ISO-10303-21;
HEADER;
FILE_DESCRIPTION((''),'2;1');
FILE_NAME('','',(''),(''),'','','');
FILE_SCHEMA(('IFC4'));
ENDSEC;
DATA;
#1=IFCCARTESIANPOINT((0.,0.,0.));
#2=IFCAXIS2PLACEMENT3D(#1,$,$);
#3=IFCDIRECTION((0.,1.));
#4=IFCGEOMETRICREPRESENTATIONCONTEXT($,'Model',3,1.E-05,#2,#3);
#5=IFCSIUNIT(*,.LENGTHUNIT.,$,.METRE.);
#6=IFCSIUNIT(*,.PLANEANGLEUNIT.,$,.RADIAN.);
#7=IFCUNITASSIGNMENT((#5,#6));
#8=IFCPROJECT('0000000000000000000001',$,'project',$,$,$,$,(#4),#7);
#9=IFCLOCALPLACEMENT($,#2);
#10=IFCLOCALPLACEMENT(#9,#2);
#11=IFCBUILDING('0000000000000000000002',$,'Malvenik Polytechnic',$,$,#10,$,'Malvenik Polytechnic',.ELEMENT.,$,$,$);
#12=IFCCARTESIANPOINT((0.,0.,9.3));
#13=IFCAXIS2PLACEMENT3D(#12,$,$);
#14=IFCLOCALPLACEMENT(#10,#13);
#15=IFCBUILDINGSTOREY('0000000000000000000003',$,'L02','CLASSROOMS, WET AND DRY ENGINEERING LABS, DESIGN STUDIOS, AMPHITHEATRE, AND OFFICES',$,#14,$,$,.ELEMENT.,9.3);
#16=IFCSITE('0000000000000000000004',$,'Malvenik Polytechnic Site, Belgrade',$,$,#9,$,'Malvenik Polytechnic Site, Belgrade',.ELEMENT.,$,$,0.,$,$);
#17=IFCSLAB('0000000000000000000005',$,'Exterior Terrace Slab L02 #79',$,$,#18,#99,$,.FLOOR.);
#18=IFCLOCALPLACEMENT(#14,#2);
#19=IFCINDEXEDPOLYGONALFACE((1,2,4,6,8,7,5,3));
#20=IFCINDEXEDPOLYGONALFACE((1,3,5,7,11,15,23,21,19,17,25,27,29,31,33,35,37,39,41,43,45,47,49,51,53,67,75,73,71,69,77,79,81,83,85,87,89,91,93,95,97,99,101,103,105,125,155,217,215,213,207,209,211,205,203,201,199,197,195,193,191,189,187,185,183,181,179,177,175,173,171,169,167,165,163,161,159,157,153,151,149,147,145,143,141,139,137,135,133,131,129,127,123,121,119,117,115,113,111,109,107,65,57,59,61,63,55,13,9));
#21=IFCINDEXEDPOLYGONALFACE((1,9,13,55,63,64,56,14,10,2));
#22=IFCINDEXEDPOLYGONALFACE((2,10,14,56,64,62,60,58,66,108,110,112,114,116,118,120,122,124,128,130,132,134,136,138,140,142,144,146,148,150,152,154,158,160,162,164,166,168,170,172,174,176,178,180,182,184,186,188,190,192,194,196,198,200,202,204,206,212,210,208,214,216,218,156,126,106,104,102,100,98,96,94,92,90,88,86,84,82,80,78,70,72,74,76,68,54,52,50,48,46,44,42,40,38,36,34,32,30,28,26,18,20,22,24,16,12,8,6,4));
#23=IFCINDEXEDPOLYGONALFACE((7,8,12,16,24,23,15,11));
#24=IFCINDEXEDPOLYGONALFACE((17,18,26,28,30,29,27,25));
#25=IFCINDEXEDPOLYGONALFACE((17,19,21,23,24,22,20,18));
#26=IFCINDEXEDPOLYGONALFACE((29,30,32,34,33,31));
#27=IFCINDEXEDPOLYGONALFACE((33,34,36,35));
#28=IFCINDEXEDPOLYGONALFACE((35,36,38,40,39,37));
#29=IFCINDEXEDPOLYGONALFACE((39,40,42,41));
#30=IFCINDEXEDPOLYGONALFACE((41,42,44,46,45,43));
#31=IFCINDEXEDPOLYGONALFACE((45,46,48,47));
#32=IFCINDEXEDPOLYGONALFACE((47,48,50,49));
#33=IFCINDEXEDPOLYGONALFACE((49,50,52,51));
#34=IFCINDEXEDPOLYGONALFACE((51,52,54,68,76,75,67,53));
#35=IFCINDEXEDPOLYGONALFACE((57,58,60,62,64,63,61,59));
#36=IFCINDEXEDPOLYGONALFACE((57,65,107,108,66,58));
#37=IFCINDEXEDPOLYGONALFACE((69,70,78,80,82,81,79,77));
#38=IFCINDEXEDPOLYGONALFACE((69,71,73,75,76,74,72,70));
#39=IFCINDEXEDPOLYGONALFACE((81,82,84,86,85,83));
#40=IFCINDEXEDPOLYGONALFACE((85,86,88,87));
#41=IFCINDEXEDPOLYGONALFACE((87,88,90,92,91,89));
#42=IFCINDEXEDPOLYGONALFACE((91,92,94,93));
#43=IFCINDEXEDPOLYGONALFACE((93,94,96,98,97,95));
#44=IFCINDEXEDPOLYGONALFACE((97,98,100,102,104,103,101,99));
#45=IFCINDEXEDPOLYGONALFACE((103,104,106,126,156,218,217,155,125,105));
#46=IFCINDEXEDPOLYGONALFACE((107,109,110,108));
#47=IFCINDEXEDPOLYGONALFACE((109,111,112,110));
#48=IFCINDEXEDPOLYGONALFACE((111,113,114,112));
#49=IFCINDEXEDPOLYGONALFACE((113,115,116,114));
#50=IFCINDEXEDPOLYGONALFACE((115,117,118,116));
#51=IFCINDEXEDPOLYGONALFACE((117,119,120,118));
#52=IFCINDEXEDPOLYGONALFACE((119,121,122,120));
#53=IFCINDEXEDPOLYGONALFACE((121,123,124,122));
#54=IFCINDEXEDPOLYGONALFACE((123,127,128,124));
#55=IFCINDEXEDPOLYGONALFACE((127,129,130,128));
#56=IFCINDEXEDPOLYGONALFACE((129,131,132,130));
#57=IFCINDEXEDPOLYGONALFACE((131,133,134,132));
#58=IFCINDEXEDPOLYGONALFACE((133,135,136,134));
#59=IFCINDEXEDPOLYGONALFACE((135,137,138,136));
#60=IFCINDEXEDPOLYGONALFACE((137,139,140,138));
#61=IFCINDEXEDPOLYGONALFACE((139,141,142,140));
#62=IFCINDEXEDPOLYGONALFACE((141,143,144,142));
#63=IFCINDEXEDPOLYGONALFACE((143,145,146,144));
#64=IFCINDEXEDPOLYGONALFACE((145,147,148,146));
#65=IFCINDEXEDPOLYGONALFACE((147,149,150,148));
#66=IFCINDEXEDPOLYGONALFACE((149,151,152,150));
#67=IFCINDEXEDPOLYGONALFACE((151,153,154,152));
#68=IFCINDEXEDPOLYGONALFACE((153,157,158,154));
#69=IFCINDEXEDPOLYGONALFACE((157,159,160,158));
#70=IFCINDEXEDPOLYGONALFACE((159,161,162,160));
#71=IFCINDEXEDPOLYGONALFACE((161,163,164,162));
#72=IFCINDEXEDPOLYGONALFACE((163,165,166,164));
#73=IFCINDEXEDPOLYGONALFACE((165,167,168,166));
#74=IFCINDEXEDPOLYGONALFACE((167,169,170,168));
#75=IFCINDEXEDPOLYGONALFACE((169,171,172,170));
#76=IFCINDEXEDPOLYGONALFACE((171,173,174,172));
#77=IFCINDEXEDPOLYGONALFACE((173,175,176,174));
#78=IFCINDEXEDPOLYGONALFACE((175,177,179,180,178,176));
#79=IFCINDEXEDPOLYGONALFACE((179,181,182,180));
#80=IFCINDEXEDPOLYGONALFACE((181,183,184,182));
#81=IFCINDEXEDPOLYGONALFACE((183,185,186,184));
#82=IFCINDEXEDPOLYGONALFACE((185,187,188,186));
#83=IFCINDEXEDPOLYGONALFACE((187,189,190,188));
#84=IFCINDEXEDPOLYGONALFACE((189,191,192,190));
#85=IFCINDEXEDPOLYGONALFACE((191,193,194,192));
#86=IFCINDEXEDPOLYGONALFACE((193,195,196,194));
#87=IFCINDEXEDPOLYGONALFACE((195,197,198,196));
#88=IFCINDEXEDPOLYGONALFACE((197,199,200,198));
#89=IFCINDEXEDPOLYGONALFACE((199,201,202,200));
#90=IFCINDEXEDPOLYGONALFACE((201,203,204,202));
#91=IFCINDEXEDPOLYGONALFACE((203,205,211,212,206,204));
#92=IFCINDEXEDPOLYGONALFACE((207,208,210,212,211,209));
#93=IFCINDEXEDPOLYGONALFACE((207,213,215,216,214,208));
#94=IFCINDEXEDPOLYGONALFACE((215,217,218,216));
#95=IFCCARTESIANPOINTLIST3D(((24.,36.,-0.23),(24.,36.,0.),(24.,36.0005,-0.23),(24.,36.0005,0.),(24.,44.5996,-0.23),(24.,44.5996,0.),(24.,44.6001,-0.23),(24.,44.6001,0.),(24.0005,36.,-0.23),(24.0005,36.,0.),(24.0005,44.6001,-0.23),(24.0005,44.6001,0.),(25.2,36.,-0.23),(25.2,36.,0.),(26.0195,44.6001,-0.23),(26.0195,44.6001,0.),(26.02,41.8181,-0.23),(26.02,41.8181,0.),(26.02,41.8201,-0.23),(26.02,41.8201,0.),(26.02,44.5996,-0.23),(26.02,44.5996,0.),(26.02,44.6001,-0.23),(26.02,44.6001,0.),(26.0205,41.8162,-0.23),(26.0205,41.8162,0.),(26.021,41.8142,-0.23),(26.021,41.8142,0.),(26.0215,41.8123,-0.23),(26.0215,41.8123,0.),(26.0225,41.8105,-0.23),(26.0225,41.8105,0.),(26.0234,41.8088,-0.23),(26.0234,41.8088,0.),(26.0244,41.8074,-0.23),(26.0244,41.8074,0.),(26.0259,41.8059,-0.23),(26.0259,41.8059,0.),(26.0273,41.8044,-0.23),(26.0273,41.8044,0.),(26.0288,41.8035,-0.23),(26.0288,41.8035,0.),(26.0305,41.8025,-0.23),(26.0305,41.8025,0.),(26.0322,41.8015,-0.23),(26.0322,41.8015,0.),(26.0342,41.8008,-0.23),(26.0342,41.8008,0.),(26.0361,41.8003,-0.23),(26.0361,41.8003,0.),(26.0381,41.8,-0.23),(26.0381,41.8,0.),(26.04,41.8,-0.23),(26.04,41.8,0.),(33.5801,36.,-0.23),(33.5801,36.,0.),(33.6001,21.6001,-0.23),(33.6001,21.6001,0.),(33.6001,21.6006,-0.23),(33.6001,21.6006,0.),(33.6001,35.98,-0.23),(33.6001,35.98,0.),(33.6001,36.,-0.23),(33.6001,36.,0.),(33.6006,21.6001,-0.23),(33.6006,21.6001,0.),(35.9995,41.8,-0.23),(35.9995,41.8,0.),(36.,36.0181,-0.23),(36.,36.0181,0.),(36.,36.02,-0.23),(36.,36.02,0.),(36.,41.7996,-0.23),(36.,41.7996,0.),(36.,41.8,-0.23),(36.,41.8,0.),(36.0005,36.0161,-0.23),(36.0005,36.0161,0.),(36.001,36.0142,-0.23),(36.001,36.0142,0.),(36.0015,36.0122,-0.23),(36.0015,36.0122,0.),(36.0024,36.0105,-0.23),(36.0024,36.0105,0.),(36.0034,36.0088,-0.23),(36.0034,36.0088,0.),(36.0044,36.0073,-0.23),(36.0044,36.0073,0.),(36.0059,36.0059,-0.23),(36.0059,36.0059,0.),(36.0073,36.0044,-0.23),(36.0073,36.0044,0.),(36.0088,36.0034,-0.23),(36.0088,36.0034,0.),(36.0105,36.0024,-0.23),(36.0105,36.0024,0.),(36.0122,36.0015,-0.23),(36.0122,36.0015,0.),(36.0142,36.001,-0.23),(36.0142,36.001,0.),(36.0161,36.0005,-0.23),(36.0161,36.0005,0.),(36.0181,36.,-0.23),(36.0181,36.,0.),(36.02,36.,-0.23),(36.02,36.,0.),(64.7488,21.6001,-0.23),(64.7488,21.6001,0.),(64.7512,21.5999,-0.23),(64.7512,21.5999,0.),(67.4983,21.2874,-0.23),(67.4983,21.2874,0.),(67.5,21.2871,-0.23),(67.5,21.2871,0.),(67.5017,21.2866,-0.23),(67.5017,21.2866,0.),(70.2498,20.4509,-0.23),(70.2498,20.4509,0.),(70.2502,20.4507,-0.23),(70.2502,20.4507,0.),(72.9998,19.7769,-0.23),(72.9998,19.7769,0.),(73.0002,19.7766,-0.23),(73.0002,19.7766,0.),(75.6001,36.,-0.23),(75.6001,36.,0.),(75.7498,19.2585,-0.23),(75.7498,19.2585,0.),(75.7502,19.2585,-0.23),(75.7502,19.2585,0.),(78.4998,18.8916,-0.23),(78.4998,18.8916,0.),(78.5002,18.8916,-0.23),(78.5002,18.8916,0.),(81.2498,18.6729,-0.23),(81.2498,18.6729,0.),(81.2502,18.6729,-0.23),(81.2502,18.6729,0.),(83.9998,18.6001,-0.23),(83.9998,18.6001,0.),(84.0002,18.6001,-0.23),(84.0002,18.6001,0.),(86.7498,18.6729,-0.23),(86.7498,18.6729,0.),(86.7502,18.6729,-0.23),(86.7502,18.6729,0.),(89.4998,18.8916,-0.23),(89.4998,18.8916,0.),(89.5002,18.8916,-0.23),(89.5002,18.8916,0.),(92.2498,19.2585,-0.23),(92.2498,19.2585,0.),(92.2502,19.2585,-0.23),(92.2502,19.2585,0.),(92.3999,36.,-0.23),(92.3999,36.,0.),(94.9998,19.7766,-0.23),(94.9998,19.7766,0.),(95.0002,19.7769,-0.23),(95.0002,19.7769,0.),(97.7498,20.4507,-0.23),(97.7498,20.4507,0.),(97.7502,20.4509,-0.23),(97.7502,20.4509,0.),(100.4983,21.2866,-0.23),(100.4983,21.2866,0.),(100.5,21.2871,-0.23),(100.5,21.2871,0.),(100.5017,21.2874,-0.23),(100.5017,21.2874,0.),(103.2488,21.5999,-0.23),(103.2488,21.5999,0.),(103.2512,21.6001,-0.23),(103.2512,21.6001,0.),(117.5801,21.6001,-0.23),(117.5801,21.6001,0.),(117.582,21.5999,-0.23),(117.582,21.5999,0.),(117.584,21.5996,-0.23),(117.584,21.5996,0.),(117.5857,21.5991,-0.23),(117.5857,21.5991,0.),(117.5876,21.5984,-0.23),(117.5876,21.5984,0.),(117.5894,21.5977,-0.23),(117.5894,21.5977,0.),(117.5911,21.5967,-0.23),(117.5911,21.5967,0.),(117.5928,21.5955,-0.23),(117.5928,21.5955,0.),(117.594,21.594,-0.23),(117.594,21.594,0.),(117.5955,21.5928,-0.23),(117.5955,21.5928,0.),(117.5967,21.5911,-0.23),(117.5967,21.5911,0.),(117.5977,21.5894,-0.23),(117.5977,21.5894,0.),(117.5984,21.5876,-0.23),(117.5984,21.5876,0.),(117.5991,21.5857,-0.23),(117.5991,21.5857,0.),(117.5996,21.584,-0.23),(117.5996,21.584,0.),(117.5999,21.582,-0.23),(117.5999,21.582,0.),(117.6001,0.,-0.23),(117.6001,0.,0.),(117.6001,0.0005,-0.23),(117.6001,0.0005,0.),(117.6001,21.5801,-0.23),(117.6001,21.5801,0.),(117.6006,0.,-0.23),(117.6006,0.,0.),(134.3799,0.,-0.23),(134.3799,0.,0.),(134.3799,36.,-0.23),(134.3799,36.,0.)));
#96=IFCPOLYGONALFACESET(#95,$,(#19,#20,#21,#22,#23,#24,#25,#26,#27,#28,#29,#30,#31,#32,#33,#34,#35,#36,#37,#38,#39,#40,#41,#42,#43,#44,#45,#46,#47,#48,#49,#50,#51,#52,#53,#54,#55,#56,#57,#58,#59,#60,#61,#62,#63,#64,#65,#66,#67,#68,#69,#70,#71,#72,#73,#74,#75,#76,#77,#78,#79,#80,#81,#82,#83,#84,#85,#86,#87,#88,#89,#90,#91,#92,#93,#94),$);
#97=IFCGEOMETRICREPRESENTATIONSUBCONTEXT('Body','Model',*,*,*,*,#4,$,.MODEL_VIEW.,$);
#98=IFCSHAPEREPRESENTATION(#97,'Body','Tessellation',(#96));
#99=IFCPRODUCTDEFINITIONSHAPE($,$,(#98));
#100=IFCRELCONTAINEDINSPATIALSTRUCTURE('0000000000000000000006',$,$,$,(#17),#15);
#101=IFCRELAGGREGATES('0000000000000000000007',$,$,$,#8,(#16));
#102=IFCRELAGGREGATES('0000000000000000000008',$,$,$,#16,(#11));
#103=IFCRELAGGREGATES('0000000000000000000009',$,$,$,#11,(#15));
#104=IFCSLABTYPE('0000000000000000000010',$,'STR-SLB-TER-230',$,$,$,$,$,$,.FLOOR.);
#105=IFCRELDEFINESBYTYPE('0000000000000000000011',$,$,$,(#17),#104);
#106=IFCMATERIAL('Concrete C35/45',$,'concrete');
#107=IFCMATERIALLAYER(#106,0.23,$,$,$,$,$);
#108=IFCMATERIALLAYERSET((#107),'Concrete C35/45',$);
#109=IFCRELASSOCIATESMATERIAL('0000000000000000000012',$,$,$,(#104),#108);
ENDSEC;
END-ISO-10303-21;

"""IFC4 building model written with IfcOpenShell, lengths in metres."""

from ifc_helpers import new_model, si_unit, direction, frame, origin, place, context, subcontext, project, spatial, polyline, outline, extrude, material, layer, layer_set, type_object, element, save


model = new_model("IFC4")

# Units and contexts
model_context = context("Model", 3, precision=1e-05, world=origin(), true_north=direction((0.0, 1.0)))
body_context = subcontext(model_context, "Body", "Model", "MODEL_VIEW")
ifc_project = project(units=[si_unit("LENGTHUNIT", "METRE"), si_unit("PLANEANGLEUNIT", "RADIAN")], contexts=[model_context])

# Site, building, storey
site_placement = place(None, origin())
site = spatial("IfcSite", under=ifc_project, at=site_placement, Name="Malvenik Polytechnic Site, Belgrade", LongName="Malvenik Polytechnic Site, Belgrade", CompositionType="ELEMENT", RefElevation=0.0)
building_placement = place(site_placement, origin())
building = spatial("IfcBuilding", under=site, at=building_placement, Name="Malvenik Polytechnic", LongName="Malvenik Polytechnic", CompositionType="ELEMENT")
storey_placement = place(building_placement, frame((0.0, 0.0, 9.3)))
storey = spatial("IfcBuildingStorey", under=building, at=storey_placement, Name="L02", Description="CLASSROOMS, WET AND DRY ENGINEERING LABS, DESIGN STUDIOS, AMPHITHEATRE, AND OFFICES", CompositionType="ELEMENT", Elevation=9.3)

# Shared definitions
ifc_material = material(Name="Concrete C35/45", Category="concrete")

# Slab
ifc_layer_1 = layer(ifc_material, 0.23)
ifc_layer_set_1 = layer_set([ifc_layer_1], Name="Concrete C35/45")
slab_type_1 = type_object("IfcSlabType", Name="STR-SLB-TER-230", PredefinedType="FLOOR", material=ifc_layer_set_1)
slab_1_placement = place(storey_placement, frame((0.0, 0.0, -0.23)))
element("IfcSlab", 1, at=slab_1_placement, inside=storey, type_object=slab_type_1, Name="Exterior Terrace Slab L02 #79", PredefinedType="FLOOR", context=body_context, shape_type="SweptSolid", body=[
    extrude(outline(polyline([(24.0, 44.6001), (24.0005, 44.6001), (26.0195, 44.6001), (26.02, 44.6001), (26.02, 44.5996), (26.02, 41.8201), (26.02, 41.8181), (26.0205, 41.8162), (26.021, 41.8142), (26.0215, 41.8123), (26.0225, 41.8105), (26.0234, 41.8088), (26.0244, 41.8074), (26.0259, 41.8059), (26.0273, 41.8044), (26.0288, 41.8035), (26.0305, 41.8025), (26.0322, 41.8015), (26.0342, 41.8008), (26.0361, 41.8003), (26.0381, 41.8), (26.04, 41.8), (35.9995, 41.8), (36.0, 41.8), (36.0, 41.7996), (36.0, 36.02), (36.0, 36.0181), (36.0005, 36.0161), (36.001, 36.0142), (36.0015, 36.0122), (36.0024, 36.0105), (36.0034, 36.0088), (36.0044, 36.0073), (36.0059, 36.0059), (36.0073, 36.0044), (36.0088, 36.0034), (36.0105, 36.0024), (36.0122, 36.0015), (36.0142, 36.001), (36.0161, 36.0005), (36.0181, 36.0), (36.02, 36.0), (75.6001, 36.0), (92.3999, 36.0), (134.3799, 36.0), (134.3799, 0.0), (117.6006, 0.0), (117.6001, 0.0), (117.6001, 0.0005), (117.6001, 21.5801), (117.5999, 21.582), (117.5996, 21.584), (117.5991, 21.5857), (117.5984, 21.5876), (117.5977, 21.5894), (117.5967, 21.5911), (117.5955, 21.5928), (117.594, 21.594), (117.5928, 21.5955), (117.5911, 21.5967), (117.5894, 21.5977), (117.5876, 21.5984), (117.5857, 21.5991), (117.584, 21.5996), (117.582, 21.5999), (117.5801, 21.6001), (103.2512, 21.6001), (103.2488, 21.5999), (100.5017, 21.2874), (100.5, 21.2871), (100.4983, 21.2866), (97.7502, 20.4509), (97.7498, 20.4507), (95.0002, 19.7769), (94.9998, 19.7766), (92.2502, 19.2585), (92.2498, 19.2585), (89.5002, 18.8916), (89.4998, 18.8916), (86.7502, 18.6729), (86.7498, 18.6729), (84.0002, 18.6001), (83.9998, 18.6001), (81.2502, 18.6729), (81.2498, 18.6729), (78.5002, 18.8916), (78.4998, 18.8916), (75.7502, 19.2585), (75.7498, 19.2585), (73.0002, 19.7766), (72.9998, 19.7769), (70.2502, 20.4507), (70.2498, 20.4509), (67.5017, 21.2866), (67.5, 21.2871), (67.4983, 21.2874), (64.7512, 21.5999), (64.7488, 21.6001), (33.6006, 21.6001), (33.6001, 21.6001), (33.6001, 21.6006), (33.6001, 35.98), (33.6001, 36.0), (33.5801, 36.0), (25.2, 36.0), (24.0005, 36.0), (24.0, 36.0), (24.0, 36.0005), (24.0, 44.5996), (24.0, 44.6001)])), origin(), (0.0, 0.0, 1.0), 0.23),
])

save(model, "model.ifc")
